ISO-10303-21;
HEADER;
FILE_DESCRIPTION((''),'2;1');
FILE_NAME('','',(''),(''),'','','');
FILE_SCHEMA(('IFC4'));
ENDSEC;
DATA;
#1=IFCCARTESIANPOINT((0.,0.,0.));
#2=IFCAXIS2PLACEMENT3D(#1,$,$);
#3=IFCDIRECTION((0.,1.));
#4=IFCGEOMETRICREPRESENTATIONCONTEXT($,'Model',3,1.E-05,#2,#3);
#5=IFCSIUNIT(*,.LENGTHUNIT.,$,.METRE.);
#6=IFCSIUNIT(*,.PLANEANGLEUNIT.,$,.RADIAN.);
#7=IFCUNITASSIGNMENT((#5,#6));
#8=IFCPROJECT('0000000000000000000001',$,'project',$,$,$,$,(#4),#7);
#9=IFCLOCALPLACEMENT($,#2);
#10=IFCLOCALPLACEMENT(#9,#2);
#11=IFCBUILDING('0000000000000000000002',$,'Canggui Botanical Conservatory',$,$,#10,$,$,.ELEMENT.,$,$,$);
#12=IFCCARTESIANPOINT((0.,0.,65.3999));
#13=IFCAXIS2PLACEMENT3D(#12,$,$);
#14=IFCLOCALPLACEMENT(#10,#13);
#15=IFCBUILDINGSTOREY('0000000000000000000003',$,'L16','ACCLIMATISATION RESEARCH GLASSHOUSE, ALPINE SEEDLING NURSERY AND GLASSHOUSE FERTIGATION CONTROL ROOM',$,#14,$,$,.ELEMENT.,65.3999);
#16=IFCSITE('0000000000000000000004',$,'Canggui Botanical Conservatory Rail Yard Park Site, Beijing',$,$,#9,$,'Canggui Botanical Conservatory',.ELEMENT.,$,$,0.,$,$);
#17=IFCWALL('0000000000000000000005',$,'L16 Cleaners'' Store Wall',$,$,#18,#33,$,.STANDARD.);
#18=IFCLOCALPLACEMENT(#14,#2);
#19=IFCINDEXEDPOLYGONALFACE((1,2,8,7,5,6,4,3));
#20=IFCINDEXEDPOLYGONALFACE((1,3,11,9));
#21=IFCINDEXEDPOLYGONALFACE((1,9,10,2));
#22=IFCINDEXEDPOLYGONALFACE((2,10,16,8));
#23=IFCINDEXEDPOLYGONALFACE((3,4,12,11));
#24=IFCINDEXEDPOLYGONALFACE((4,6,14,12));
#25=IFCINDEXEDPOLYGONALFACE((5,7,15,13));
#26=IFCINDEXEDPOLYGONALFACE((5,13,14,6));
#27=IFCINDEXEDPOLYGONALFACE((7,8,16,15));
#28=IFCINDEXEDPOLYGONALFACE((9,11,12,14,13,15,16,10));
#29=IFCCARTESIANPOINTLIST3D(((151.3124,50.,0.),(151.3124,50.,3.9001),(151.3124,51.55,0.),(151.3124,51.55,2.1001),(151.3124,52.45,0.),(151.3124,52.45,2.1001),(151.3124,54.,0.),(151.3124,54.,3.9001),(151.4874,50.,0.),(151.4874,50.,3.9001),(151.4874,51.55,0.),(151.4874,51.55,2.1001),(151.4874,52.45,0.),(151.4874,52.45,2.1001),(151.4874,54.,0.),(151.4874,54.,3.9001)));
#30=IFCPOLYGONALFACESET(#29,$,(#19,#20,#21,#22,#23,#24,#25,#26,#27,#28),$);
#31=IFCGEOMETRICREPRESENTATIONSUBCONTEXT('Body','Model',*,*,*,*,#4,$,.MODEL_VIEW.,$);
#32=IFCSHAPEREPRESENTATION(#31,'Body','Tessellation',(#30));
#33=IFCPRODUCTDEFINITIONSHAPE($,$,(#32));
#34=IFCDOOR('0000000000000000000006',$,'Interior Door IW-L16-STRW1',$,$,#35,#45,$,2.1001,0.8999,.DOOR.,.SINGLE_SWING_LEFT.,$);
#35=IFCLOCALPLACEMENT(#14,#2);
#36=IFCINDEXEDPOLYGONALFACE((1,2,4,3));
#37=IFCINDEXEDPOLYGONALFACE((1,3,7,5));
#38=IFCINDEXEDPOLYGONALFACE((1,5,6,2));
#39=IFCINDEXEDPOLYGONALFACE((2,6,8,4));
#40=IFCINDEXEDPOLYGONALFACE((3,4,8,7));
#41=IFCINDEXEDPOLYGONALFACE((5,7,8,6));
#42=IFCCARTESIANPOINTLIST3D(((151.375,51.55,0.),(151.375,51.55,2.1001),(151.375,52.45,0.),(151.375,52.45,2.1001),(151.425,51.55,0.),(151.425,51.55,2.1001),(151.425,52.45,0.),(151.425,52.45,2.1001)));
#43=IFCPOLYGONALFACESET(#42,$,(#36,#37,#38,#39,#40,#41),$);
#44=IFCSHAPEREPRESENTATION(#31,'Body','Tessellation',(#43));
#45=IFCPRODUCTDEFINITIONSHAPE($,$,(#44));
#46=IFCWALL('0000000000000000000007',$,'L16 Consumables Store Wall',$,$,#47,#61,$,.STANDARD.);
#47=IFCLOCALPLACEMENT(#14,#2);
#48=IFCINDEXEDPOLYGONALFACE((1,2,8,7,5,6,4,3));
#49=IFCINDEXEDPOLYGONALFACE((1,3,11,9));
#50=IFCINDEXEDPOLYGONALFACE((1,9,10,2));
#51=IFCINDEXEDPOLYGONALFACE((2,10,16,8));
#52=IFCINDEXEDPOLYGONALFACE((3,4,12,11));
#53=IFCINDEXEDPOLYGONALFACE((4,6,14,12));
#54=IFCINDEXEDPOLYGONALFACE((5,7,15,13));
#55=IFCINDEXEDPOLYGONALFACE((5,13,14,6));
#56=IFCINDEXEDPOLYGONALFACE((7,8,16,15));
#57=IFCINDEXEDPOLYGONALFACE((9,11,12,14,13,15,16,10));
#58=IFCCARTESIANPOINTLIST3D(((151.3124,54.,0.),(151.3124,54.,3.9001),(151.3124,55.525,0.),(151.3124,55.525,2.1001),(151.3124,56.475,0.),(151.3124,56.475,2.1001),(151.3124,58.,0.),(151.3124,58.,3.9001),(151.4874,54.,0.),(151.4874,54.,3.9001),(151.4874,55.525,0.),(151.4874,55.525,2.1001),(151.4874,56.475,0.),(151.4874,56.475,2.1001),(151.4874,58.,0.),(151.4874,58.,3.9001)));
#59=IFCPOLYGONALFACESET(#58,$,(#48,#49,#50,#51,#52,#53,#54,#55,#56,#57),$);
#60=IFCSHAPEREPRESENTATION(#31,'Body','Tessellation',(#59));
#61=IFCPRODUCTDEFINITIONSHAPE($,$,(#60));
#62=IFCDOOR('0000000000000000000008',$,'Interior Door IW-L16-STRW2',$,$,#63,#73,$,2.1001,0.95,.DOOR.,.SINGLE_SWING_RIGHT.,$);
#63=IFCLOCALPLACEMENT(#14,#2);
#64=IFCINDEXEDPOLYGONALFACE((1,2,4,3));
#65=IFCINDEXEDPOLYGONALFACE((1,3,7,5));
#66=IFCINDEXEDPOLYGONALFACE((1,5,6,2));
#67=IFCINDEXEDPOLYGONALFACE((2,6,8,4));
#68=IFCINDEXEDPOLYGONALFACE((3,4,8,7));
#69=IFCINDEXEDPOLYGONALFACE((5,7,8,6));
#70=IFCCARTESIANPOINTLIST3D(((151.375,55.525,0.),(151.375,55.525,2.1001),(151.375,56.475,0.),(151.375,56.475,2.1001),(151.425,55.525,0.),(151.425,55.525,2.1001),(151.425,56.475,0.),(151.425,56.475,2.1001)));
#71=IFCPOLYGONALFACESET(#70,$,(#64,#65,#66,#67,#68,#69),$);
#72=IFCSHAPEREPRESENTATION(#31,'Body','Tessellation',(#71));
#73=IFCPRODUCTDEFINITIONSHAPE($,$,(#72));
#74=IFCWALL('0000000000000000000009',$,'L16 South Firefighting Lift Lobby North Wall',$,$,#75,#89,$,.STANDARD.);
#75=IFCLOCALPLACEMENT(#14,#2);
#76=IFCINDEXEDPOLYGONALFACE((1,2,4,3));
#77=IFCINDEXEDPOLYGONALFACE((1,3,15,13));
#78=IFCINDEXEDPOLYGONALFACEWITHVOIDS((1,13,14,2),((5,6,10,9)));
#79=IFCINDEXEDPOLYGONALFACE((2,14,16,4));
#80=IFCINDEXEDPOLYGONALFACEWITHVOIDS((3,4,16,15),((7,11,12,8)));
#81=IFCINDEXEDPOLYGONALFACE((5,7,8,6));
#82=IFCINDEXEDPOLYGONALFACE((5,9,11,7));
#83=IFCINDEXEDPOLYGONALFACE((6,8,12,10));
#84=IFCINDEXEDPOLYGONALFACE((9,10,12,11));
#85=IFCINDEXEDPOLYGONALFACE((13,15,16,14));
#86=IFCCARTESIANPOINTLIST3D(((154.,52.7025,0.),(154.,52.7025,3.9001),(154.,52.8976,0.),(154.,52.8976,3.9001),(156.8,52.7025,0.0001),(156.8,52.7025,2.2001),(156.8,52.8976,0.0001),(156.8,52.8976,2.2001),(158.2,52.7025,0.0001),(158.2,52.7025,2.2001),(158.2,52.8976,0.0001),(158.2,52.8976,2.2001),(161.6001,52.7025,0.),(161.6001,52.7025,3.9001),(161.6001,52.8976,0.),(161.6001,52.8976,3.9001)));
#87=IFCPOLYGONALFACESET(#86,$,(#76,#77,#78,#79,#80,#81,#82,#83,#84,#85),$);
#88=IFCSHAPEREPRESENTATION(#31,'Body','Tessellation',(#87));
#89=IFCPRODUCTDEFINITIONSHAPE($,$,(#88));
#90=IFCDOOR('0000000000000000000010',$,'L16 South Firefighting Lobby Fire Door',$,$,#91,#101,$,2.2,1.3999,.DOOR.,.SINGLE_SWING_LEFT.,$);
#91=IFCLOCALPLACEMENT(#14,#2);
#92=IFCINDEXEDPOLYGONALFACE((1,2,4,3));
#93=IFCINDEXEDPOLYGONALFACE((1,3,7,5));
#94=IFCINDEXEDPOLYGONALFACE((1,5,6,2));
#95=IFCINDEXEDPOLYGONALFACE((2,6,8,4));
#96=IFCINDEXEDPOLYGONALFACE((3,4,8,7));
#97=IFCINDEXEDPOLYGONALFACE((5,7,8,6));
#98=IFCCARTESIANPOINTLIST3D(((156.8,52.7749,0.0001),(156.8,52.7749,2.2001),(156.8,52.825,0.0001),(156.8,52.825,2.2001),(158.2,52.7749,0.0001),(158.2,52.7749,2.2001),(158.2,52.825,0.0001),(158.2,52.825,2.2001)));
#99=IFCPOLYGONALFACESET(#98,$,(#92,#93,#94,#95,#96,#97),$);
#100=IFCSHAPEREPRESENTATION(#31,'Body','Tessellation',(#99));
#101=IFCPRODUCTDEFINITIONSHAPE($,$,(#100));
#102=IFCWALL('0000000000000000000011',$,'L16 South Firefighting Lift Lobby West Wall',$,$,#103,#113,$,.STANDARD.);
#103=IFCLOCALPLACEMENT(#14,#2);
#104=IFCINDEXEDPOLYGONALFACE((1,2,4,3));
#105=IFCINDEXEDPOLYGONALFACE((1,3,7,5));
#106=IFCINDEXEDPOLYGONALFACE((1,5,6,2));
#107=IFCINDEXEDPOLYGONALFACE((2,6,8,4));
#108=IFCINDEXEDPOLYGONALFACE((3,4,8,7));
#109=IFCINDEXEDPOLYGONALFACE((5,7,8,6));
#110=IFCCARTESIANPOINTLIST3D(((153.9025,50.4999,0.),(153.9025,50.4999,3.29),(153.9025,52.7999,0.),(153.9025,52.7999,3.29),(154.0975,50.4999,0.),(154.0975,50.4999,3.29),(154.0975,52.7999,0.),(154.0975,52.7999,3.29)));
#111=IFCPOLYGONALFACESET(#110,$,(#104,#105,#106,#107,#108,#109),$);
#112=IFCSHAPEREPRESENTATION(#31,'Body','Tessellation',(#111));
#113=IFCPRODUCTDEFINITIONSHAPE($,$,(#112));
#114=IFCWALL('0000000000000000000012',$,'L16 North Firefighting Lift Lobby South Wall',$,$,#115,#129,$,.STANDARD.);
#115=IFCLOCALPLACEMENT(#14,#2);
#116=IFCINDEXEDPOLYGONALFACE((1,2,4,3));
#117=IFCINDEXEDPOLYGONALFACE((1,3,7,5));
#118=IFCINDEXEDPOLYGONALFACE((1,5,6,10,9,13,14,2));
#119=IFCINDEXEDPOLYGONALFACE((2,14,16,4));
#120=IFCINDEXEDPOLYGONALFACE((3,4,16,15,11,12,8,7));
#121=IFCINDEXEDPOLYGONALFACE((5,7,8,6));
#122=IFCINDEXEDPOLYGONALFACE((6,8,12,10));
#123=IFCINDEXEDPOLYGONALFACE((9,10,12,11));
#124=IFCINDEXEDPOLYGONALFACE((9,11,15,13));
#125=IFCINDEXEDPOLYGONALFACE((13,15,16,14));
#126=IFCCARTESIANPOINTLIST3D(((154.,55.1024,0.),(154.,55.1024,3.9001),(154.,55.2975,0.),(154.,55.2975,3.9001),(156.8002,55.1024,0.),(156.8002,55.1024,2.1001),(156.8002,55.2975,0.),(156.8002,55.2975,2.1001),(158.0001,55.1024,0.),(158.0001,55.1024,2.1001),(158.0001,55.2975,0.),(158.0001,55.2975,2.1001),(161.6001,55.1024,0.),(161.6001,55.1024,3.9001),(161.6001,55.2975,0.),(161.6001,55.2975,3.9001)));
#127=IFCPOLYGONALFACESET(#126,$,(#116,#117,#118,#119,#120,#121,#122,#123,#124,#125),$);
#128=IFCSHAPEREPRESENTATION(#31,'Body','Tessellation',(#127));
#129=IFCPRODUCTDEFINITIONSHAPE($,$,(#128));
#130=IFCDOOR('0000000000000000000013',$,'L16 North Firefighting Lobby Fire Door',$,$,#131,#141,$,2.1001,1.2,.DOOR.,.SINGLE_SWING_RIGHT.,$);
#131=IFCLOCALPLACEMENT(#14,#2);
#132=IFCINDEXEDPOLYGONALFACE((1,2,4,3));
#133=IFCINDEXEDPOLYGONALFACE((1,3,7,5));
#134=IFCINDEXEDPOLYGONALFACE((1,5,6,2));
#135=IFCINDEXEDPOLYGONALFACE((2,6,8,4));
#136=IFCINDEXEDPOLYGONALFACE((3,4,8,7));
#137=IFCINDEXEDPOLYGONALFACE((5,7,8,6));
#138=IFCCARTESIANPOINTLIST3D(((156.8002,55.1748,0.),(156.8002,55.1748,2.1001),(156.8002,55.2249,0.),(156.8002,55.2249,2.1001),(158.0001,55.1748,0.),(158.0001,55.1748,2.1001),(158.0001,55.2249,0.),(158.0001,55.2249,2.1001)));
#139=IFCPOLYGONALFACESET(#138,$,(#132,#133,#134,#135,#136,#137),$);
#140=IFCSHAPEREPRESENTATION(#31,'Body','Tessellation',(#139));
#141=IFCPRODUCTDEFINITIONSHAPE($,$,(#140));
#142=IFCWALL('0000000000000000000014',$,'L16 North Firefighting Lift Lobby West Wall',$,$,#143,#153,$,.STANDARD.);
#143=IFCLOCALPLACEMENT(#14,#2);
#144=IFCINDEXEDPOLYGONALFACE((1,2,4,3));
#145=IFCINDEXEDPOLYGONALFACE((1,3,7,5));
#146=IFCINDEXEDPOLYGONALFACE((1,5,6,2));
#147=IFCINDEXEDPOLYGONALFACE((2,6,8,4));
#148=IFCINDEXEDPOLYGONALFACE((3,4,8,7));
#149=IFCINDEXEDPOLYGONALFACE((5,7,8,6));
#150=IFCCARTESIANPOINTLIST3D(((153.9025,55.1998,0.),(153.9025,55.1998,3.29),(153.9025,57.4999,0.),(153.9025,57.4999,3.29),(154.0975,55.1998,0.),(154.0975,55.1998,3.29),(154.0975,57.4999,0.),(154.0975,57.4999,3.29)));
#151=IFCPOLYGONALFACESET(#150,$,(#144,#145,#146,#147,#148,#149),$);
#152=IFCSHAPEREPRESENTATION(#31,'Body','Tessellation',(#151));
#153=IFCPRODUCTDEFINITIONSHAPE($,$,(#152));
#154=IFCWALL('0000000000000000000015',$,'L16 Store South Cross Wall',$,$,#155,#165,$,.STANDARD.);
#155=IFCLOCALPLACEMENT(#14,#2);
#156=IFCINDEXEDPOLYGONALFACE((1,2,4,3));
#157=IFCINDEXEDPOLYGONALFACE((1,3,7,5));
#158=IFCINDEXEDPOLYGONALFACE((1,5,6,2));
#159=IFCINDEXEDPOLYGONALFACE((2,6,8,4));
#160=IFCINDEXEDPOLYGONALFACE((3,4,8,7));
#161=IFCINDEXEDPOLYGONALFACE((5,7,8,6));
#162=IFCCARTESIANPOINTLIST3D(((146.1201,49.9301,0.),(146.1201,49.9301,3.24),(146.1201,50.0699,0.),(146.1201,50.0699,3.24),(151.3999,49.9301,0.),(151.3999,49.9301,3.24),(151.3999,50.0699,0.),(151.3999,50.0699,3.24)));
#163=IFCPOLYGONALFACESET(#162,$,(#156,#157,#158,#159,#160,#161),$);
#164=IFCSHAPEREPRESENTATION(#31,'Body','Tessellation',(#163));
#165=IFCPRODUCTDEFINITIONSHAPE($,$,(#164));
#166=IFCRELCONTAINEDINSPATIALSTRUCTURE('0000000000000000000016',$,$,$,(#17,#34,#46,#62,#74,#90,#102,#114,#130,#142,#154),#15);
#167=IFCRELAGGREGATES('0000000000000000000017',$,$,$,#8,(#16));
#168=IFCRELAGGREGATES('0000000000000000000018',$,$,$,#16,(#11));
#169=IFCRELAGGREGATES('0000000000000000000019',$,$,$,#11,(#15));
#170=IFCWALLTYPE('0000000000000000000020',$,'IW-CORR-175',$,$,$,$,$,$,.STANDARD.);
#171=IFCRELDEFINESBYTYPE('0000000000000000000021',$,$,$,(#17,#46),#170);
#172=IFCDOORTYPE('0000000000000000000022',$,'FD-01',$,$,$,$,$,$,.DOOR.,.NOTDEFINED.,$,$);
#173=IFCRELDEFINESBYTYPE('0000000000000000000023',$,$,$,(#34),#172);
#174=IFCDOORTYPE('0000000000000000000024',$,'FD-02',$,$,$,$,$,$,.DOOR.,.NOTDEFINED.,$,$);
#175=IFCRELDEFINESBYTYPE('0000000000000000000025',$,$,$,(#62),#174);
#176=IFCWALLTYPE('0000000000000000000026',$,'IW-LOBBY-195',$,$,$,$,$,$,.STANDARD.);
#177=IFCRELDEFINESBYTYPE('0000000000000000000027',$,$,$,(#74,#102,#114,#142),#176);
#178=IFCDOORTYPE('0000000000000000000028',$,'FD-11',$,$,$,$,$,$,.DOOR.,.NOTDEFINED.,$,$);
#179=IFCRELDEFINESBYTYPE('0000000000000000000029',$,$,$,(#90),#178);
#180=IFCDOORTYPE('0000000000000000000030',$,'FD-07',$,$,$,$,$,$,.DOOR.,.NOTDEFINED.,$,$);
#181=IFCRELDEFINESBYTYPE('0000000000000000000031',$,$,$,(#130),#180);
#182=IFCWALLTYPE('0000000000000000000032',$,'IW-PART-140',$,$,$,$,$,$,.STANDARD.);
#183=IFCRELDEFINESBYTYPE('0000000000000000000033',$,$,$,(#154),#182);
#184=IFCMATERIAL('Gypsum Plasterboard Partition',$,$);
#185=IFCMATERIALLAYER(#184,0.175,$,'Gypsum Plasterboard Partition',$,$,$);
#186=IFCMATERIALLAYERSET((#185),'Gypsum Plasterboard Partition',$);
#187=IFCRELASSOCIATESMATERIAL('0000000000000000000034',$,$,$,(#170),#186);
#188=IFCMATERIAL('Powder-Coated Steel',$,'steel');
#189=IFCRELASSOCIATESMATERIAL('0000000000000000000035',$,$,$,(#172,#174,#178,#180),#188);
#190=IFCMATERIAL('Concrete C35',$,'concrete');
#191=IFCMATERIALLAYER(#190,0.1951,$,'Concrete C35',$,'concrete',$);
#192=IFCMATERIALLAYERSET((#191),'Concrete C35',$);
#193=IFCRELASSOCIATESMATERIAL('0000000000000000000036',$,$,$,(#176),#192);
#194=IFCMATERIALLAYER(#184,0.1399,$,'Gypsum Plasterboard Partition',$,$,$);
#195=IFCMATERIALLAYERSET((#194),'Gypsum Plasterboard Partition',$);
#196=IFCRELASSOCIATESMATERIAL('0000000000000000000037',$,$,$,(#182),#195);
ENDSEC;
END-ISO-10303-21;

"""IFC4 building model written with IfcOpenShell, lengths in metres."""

from ifc_helpers import new_model, si_unit, direction, frame, frame_2d, origin, place, context, subcontext, project, spatial, rectangle, extrude, material, layer, layer_set, type_object, element, fill, save


model = new_model("IFC4")

# Units and contexts
model_context = context("Model", 3, precision=1e-05, world=origin(), true_north=direction((0.0, 1.0)))
body_context = subcontext(model_context, "Body", "Model", "MODEL_VIEW")
ifc_project = project(units=[si_unit("LENGTHUNIT", "METRE"), si_unit("PLANEANGLEUNIT", "RADIAN")], contexts=[model_context])

# Site, building, storey
site_placement = place(None, origin())
site = spatial("IfcSite", under=ifc_project, at=site_placement, Name="Canggui Botanical Conservatory Rail Yard Park Site, Beijing", LongName="Canggui Botanical Conservatory", CompositionType="ELEMENT", RefElevation=0.0)
building_placement = place(site_placement, origin())
building = spatial("IfcBuilding", under=site, at=building_placement, Name="Canggui Botanical Conservatory", CompositionType="ELEMENT")
storey_placement = place(building_placement, frame((0.0, 0.0, 65.3999)))
storey = spatial("IfcBuildingStorey", under=building, at=storey_placement, Name="L16", Description="ACCLIMATISATION RESEARCH GLASSHOUSE, ALPINE SEEDLING NURSERY AND GLASSHOUSE FERTIGATION CONTROL ROOM", CompositionType="ELEMENT", Elevation=65.3999)

# Shared definitions
ifc_material_1 = material(Name="Concrete C35", Category="concrete")

# Walls, openings, doors
ifc_material_2 = material(Name="Gypsum Plasterboard Partition")
ifc_layer_1 = layer(ifc_material_2, 0.175, Name="Gypsum Plasterboard Partition")
ifc_layer_set_1 = layer_set([ifc_layer_1], Name="Gypsum Plasterboard Partition")
wall_type_1 = type_object("IfcWallType", Name="IW-CORR-175", PredefinedType="STANDARD", material=ifc_layer_set_1)
ifc_material_3 = material(Name="Powder-Coated Steel", Category="steel")
wall_1_placement = place(storey_placement, frame((151.3999, 50.0, 0.0), z_axis=(0.0, 0.0, 1.0), x_axis=(0.0, 1.0, 0.0)))
wall_1 = element("IfcWall", 1, at=wall_1_placement, inside=storey, type_object=wall_type_1, Name="L16 Cleaners' Store Wall", PredefinedType="STANDARD", context=body_context, shape_type="SweptSolid", body=[
    extrude(rectangle(XDim=4.0, YDim=0.175, at=frame_2d((2.0, 0.0))), origin(), (0.0, 0.0, 1.0), 3.9001),
])
opening_1_placement = place(wall_1_placement, frame((1.55, 0.0, 0.0)))
opening_1 = element("IfcOpeningElement", 2, at=opening_1_placement, cuts=wall_1, PredefinedType="OPENING", context=body_context, shape_type="SweptSolid", body=[
    extrude(rectangle(XDim=0.8999, YDim=2.1001, at=frame_2d((0.45, 1.05))), frame((0.0, 0.0977, 0.0), z_axis=(0.0, -1.0, 0.0), x_axis=(1.0, 0.0, 0.0)), (0.0, 0.0, 1.0), 0.1951),
])
door_type_1 = type_object("IfcDoorType", Name="FD-01", OperationType="NOTDEFINED", PredefinedType="DOOR", material=ifc_material_3)
door_1_placement = place(opening_1_placement, origin())
door_1 = element("IfcDoor", 3, at=door_1_placement, inside=storey, type_object=door_type_1, Name="Interior Door IW-L16-STRW1", OperationType="SINGLE_SWING_LEFT", OverallHeight=2.1001, OverallWidth=0.8999, PredefinedType="DOOR", context=body_context, shape_type="SweptSolid", body=[
    extrude(rectangle(XDim=0.8999, YDim=2.1001, at=frame_2d((0.45, 1.05))), frame((0.0, 0.0249, 0.0), z_axis=(0.0, -1.0, 0.0), x_axis=(1.0, 0.0, 0.0)), (0.0, 0.0, 1.0), 0.05),
])
fill(opening_1, door_1)
wall_2_placement = place(storey_placement, frame((151.3999, 54.0, 0.0), z_axis=(0.0, 0.0, 1.0), x_axis=(0.0, 1.0, 0.0)))
wall_2 = element("IfcWall", 4, at=wall_2_placement, inside=storey, type_object=wall_type_1, Name="L16 Consumables Store Wall", PredefinedType="STANDARD", context=body_context, shape_type="SweptSolid", body=[
    extrude(rectangle(XDim=4.0, YDim=0.175, at=frame_2d((2.0, 0.0))), origin(), (0.0, 0.0, 1.0), 3.9001),
])
opening_2_placement = place(wall_2_placement, frame((1.5249, 0.0, 0.0)))
opening_2 = element("IfcOpeningElement", 5, at=opening_2_placement, cuts=wall_2, PredefinedType="OPENING", context=body_context, shape_type="SweptSolid", body=[
    extrude(rectangle(XDim=0.95, YDim=2.1001, at=frame_2d((0.4751, 1.05))), frame((0.0, 0.0977, 0.0), z_axis=(0.0, -1.0, 0.0), x_axis=(1.0, 0.0, 0.0)), (0.0, 0.0, 1.0), 0.1951),
])
door_type_2 = type_object("IfcDoorType", Name="FD-02", OperationType="NOTDEFINED", PredefinedType="DOOR", material=ifc_material_3)
door_2_placement = place(opening_2_placement, origin())
door_2 = element("IfcDoor", 6, at=door_2_placement, inside=storey, type_object=door_type_2, Name="Interior Door IW-L16-STRW2", OperationType="SINGLE_SWING_RIGHT", OverallHeight=2.1001, OverallWidth=0.95, PredefinedType="DOOR", context=body_context, shape_type="SweptSolid", body=[
    extrude(rectangle(XDim=0.95, YDim=2.1001, at=frame_2d((0.4751, 1.05))), frame((0.0, 0.0249, 0.0), z_axis=(0.0, -1.0, 0.0), x_axis=(1.0, 0.0, 0.0)), (0.0, 0.0, 1.0), 0.05),
])
fill(opening_2, door_2)
ifc_layer_2 = layer(ifc_material_1, 0.1951, Name="Concrete C35", Category="concrete")
ifc_layer_set_2 = layer_set([ifc_layer_2], Name="Concrete C35")
wall_type_2 = type_object("IfcWallType", Name="IW-LOBBY-195", PredefinedType="STANDARD", material=ifc_layer_set_2)
wall_3_placement = place(storey_placement, frame((154.0, 52.8, 0.0), z_axis=(0.0, 0.0, 1.0), x_axis=(1.0, 0.0, 0.0)))
wall_3 = element("IfcWall", 7, at=wall_3_placement, inside=storey, type_object=wall_type_2, Name="L16 South Firefighting Lift Lobby North Wall", PredefinedType="STANDARD", context=body_context, shape_type="SweptSolid", body=[
    extrude(rectangle(XDim=7.6001, YDim=0.1951, at=frame_2d((3.8, 0.0))), origin(), (0.0, 0.0, 1.0), 3.9001),
])
opening_3_placement = place(wall_3_placement, frame((2.8, 0.0, 0.0)))
opening_3 = element("IfcOpeningElement", 8, at=opening_3_placement, cuts=wall_3, PredefinedType="OPENING", context=body_context, shape_type="SweptSolid", body=[
    extrude(rectangle(XDim=1.3999, YDim=2.2, at=frame_2d((0.7, 1.1001))), frame((0.0, 0.1074, 0.0), z_axis=(0.0, -1.0, 0.0), x_axis=(1.0, 0.0, 0.0)), (0.0, 0.0, 1.0), 0.2151),
])
door_type_3 = type_object("IfcDoorType", Name="FD-11", OperationType="NOTDEFINED", PredefinedType="DOOR", material=ifc_material_3)
door_3_placement = place(opening_3_placement, origin())
door_3 = element("IfcDoor", 9, at=door_3_placement, inside=storey, type_object=door_type_3, Name="L16 South Firefighting Lobby Fire Door", OperationType="SINGLE_SWING_LEFT", OverallHeight=2.2, OverallWidth=1.3999, PredefinedType="DOOR", context=body_context, shape_type="SweptSolid", body=[
    extrude(rectangle(XDim=1.3999, YDim=2.2, at=frame_2d((0.7, 1.1001))), frame((0.0, 0.0249, 0.0), z_axis=(0.0, -1.0, 0.0), x_axis=(1.0, 0.0, 0.0)), (0.0, 0.0, 1.0), 0.05),
])
fill(opening_3, door_3)

# Wall
wall_4_placement = place(storey_placement, frame((154.0, 50.5, 0.0), z_axis=(0.0, 0.0, 1.0), x_axis=(0.0, 1.0, 0.0)))
element("IfcWall", 10, at=wall_4_placement, inside=storey, type_object=wall_type_2, Name="L16 South Firefighting Lift Lobby West Wall", PredefinedType="STANDARD", context=body_context, shape_type="SweptSolid", body=[
    extrude(rectangle(XDim=2.3, YDim=0.1951, at=frame_2d((1.1499, 0.0))), origin(), (0.0, 0.0, 1.0), 3.29),
])

# Wall, opening, door
wall_5_placement = place(storey_placement, frame((154.0, 55.2, 0.0), z_axis=(0.0, 0.0, 1.0), x_axis=(1.0, 0.0, 0.0)))
wall_5 = element("IfcWall", 11, at=wall_5_placement, inside=storey, type_object=wall_type_2, Name="L16 North Firefighting Lift Lobby South Wall", PredefinedType="STANDARD", context=body_context, shape_type="SweptSolid", body=[
    extrude(rectangle(XDim=7.6001, YDim=0.1951, at=frame_2d((3.8, 0.0))), origin(), (0.0, 0.0, 1.0), 3.9001),
])
opening_4_placement = place(wall_5_placement, frame((2.8, 0.0, 0.0)))
opening_4 = element("IfcOpeningElement", 12, at=opening_4_placement, cuts=wall_5, PredefinedType="OPENING", context=body_context, shape_type="SweptSolid", body=[
    extrude(rectangle(XDim=1.2, YDim=2.1001, at=frame_2d((0.6001, 1.05))), frame((0.0, 0.1074, 0.0), z_axis=(0.0, -1.0, 0.0), x_axis=(1.0, 0.0, 0.0)), (0.0, 0.0, 1.0), 0.2151),
])
door_type_4 = type_object("IfcDoorType", Name="FD-07", OperationType="NOTDEFINED", PredefinedType="DOOR", material=ifc_material_3)
door_4_placement = place(opening_4_placement, origin())
door_4 = element("IfcDoor", 13, at=door_4_placement, inside=storey, type_object=door_type_4, Name="L16 North Firefighting Lobby Fire Door", OperationType="SINGLE_SWING_RIGHT", OverallHeight=2.1001, OverallWidth=1.2, PredefinedType="DOOR", context=body_context, shape_type="SweptSolid", body=[
    extrude(rectangle(XDim=1.2, YDim=2.1001, at=frame_2d((0.6001, 1.05))), frame((0.0, 0.0249, 0.0), z_axis=(0.0, -1.0, 0.0), x_axis=(1.0, 0.0, 0.0)), (0.0, 0.0, 1.0), 0.05),
])
fill(opening_4, door_4)

# Walls
wall_6_placement = place(storey_placement, frame((154.0, 55.2, 0.0), z_axis=(0.0, 0.0, 1.0), x_axis=(0.0, 1.0, 0.0)))
element("IfcWall", 14, at=wall_6_placement, inside=storey, type_object=wall_type_2, Name="L16 North Firefighting Lift Lobby West Wall", PredefinedType="STANDARD", context=body_context, shape_type="SweptSolid", body=[
    extrude(rectangle(XDim=2.3, YDim=0.1951, at=frame_2d((1.1499, 0.0))), origin(), (0.0, 0.0, 1.0), 3.29),
])
ifc_layer_3 = layer(ifc_material_2, 0.1399, Name="Gypsum Plasterboard Partition")
ifc_layer_set_3 = layer_set([ifc_layer_3], Name="Gypsum Plasterboard Partition")
wall_type_3 = type_object("IfcWallType", Name="IW-PART-140", PredefinedType="STANDARD", material=ifc_layer_set_3)
wall_7_placement = place(storey_placement, frame((146.1201, 50.0, 0.0), z_axis=(0.0, 0.0, 1.0), x_axis=(1.0, 0.0, 0.0)))
element("IfcWall", 15, at=wall_7_placement, inside=storey, type_object=wall_type_3, Name="L16 Store South Cross Wall", PredefinedType="STANDARD", context=body_context, shape_type="SweptSolid", body=[
    extrude(rectangle(XDim=5.2798, YDim=0.1399, at=frame_2d((2.6399, 0.0))), origin(), (0.0, 0.0, 1.0), 3.24),
])

save(model, "model.ifc")
